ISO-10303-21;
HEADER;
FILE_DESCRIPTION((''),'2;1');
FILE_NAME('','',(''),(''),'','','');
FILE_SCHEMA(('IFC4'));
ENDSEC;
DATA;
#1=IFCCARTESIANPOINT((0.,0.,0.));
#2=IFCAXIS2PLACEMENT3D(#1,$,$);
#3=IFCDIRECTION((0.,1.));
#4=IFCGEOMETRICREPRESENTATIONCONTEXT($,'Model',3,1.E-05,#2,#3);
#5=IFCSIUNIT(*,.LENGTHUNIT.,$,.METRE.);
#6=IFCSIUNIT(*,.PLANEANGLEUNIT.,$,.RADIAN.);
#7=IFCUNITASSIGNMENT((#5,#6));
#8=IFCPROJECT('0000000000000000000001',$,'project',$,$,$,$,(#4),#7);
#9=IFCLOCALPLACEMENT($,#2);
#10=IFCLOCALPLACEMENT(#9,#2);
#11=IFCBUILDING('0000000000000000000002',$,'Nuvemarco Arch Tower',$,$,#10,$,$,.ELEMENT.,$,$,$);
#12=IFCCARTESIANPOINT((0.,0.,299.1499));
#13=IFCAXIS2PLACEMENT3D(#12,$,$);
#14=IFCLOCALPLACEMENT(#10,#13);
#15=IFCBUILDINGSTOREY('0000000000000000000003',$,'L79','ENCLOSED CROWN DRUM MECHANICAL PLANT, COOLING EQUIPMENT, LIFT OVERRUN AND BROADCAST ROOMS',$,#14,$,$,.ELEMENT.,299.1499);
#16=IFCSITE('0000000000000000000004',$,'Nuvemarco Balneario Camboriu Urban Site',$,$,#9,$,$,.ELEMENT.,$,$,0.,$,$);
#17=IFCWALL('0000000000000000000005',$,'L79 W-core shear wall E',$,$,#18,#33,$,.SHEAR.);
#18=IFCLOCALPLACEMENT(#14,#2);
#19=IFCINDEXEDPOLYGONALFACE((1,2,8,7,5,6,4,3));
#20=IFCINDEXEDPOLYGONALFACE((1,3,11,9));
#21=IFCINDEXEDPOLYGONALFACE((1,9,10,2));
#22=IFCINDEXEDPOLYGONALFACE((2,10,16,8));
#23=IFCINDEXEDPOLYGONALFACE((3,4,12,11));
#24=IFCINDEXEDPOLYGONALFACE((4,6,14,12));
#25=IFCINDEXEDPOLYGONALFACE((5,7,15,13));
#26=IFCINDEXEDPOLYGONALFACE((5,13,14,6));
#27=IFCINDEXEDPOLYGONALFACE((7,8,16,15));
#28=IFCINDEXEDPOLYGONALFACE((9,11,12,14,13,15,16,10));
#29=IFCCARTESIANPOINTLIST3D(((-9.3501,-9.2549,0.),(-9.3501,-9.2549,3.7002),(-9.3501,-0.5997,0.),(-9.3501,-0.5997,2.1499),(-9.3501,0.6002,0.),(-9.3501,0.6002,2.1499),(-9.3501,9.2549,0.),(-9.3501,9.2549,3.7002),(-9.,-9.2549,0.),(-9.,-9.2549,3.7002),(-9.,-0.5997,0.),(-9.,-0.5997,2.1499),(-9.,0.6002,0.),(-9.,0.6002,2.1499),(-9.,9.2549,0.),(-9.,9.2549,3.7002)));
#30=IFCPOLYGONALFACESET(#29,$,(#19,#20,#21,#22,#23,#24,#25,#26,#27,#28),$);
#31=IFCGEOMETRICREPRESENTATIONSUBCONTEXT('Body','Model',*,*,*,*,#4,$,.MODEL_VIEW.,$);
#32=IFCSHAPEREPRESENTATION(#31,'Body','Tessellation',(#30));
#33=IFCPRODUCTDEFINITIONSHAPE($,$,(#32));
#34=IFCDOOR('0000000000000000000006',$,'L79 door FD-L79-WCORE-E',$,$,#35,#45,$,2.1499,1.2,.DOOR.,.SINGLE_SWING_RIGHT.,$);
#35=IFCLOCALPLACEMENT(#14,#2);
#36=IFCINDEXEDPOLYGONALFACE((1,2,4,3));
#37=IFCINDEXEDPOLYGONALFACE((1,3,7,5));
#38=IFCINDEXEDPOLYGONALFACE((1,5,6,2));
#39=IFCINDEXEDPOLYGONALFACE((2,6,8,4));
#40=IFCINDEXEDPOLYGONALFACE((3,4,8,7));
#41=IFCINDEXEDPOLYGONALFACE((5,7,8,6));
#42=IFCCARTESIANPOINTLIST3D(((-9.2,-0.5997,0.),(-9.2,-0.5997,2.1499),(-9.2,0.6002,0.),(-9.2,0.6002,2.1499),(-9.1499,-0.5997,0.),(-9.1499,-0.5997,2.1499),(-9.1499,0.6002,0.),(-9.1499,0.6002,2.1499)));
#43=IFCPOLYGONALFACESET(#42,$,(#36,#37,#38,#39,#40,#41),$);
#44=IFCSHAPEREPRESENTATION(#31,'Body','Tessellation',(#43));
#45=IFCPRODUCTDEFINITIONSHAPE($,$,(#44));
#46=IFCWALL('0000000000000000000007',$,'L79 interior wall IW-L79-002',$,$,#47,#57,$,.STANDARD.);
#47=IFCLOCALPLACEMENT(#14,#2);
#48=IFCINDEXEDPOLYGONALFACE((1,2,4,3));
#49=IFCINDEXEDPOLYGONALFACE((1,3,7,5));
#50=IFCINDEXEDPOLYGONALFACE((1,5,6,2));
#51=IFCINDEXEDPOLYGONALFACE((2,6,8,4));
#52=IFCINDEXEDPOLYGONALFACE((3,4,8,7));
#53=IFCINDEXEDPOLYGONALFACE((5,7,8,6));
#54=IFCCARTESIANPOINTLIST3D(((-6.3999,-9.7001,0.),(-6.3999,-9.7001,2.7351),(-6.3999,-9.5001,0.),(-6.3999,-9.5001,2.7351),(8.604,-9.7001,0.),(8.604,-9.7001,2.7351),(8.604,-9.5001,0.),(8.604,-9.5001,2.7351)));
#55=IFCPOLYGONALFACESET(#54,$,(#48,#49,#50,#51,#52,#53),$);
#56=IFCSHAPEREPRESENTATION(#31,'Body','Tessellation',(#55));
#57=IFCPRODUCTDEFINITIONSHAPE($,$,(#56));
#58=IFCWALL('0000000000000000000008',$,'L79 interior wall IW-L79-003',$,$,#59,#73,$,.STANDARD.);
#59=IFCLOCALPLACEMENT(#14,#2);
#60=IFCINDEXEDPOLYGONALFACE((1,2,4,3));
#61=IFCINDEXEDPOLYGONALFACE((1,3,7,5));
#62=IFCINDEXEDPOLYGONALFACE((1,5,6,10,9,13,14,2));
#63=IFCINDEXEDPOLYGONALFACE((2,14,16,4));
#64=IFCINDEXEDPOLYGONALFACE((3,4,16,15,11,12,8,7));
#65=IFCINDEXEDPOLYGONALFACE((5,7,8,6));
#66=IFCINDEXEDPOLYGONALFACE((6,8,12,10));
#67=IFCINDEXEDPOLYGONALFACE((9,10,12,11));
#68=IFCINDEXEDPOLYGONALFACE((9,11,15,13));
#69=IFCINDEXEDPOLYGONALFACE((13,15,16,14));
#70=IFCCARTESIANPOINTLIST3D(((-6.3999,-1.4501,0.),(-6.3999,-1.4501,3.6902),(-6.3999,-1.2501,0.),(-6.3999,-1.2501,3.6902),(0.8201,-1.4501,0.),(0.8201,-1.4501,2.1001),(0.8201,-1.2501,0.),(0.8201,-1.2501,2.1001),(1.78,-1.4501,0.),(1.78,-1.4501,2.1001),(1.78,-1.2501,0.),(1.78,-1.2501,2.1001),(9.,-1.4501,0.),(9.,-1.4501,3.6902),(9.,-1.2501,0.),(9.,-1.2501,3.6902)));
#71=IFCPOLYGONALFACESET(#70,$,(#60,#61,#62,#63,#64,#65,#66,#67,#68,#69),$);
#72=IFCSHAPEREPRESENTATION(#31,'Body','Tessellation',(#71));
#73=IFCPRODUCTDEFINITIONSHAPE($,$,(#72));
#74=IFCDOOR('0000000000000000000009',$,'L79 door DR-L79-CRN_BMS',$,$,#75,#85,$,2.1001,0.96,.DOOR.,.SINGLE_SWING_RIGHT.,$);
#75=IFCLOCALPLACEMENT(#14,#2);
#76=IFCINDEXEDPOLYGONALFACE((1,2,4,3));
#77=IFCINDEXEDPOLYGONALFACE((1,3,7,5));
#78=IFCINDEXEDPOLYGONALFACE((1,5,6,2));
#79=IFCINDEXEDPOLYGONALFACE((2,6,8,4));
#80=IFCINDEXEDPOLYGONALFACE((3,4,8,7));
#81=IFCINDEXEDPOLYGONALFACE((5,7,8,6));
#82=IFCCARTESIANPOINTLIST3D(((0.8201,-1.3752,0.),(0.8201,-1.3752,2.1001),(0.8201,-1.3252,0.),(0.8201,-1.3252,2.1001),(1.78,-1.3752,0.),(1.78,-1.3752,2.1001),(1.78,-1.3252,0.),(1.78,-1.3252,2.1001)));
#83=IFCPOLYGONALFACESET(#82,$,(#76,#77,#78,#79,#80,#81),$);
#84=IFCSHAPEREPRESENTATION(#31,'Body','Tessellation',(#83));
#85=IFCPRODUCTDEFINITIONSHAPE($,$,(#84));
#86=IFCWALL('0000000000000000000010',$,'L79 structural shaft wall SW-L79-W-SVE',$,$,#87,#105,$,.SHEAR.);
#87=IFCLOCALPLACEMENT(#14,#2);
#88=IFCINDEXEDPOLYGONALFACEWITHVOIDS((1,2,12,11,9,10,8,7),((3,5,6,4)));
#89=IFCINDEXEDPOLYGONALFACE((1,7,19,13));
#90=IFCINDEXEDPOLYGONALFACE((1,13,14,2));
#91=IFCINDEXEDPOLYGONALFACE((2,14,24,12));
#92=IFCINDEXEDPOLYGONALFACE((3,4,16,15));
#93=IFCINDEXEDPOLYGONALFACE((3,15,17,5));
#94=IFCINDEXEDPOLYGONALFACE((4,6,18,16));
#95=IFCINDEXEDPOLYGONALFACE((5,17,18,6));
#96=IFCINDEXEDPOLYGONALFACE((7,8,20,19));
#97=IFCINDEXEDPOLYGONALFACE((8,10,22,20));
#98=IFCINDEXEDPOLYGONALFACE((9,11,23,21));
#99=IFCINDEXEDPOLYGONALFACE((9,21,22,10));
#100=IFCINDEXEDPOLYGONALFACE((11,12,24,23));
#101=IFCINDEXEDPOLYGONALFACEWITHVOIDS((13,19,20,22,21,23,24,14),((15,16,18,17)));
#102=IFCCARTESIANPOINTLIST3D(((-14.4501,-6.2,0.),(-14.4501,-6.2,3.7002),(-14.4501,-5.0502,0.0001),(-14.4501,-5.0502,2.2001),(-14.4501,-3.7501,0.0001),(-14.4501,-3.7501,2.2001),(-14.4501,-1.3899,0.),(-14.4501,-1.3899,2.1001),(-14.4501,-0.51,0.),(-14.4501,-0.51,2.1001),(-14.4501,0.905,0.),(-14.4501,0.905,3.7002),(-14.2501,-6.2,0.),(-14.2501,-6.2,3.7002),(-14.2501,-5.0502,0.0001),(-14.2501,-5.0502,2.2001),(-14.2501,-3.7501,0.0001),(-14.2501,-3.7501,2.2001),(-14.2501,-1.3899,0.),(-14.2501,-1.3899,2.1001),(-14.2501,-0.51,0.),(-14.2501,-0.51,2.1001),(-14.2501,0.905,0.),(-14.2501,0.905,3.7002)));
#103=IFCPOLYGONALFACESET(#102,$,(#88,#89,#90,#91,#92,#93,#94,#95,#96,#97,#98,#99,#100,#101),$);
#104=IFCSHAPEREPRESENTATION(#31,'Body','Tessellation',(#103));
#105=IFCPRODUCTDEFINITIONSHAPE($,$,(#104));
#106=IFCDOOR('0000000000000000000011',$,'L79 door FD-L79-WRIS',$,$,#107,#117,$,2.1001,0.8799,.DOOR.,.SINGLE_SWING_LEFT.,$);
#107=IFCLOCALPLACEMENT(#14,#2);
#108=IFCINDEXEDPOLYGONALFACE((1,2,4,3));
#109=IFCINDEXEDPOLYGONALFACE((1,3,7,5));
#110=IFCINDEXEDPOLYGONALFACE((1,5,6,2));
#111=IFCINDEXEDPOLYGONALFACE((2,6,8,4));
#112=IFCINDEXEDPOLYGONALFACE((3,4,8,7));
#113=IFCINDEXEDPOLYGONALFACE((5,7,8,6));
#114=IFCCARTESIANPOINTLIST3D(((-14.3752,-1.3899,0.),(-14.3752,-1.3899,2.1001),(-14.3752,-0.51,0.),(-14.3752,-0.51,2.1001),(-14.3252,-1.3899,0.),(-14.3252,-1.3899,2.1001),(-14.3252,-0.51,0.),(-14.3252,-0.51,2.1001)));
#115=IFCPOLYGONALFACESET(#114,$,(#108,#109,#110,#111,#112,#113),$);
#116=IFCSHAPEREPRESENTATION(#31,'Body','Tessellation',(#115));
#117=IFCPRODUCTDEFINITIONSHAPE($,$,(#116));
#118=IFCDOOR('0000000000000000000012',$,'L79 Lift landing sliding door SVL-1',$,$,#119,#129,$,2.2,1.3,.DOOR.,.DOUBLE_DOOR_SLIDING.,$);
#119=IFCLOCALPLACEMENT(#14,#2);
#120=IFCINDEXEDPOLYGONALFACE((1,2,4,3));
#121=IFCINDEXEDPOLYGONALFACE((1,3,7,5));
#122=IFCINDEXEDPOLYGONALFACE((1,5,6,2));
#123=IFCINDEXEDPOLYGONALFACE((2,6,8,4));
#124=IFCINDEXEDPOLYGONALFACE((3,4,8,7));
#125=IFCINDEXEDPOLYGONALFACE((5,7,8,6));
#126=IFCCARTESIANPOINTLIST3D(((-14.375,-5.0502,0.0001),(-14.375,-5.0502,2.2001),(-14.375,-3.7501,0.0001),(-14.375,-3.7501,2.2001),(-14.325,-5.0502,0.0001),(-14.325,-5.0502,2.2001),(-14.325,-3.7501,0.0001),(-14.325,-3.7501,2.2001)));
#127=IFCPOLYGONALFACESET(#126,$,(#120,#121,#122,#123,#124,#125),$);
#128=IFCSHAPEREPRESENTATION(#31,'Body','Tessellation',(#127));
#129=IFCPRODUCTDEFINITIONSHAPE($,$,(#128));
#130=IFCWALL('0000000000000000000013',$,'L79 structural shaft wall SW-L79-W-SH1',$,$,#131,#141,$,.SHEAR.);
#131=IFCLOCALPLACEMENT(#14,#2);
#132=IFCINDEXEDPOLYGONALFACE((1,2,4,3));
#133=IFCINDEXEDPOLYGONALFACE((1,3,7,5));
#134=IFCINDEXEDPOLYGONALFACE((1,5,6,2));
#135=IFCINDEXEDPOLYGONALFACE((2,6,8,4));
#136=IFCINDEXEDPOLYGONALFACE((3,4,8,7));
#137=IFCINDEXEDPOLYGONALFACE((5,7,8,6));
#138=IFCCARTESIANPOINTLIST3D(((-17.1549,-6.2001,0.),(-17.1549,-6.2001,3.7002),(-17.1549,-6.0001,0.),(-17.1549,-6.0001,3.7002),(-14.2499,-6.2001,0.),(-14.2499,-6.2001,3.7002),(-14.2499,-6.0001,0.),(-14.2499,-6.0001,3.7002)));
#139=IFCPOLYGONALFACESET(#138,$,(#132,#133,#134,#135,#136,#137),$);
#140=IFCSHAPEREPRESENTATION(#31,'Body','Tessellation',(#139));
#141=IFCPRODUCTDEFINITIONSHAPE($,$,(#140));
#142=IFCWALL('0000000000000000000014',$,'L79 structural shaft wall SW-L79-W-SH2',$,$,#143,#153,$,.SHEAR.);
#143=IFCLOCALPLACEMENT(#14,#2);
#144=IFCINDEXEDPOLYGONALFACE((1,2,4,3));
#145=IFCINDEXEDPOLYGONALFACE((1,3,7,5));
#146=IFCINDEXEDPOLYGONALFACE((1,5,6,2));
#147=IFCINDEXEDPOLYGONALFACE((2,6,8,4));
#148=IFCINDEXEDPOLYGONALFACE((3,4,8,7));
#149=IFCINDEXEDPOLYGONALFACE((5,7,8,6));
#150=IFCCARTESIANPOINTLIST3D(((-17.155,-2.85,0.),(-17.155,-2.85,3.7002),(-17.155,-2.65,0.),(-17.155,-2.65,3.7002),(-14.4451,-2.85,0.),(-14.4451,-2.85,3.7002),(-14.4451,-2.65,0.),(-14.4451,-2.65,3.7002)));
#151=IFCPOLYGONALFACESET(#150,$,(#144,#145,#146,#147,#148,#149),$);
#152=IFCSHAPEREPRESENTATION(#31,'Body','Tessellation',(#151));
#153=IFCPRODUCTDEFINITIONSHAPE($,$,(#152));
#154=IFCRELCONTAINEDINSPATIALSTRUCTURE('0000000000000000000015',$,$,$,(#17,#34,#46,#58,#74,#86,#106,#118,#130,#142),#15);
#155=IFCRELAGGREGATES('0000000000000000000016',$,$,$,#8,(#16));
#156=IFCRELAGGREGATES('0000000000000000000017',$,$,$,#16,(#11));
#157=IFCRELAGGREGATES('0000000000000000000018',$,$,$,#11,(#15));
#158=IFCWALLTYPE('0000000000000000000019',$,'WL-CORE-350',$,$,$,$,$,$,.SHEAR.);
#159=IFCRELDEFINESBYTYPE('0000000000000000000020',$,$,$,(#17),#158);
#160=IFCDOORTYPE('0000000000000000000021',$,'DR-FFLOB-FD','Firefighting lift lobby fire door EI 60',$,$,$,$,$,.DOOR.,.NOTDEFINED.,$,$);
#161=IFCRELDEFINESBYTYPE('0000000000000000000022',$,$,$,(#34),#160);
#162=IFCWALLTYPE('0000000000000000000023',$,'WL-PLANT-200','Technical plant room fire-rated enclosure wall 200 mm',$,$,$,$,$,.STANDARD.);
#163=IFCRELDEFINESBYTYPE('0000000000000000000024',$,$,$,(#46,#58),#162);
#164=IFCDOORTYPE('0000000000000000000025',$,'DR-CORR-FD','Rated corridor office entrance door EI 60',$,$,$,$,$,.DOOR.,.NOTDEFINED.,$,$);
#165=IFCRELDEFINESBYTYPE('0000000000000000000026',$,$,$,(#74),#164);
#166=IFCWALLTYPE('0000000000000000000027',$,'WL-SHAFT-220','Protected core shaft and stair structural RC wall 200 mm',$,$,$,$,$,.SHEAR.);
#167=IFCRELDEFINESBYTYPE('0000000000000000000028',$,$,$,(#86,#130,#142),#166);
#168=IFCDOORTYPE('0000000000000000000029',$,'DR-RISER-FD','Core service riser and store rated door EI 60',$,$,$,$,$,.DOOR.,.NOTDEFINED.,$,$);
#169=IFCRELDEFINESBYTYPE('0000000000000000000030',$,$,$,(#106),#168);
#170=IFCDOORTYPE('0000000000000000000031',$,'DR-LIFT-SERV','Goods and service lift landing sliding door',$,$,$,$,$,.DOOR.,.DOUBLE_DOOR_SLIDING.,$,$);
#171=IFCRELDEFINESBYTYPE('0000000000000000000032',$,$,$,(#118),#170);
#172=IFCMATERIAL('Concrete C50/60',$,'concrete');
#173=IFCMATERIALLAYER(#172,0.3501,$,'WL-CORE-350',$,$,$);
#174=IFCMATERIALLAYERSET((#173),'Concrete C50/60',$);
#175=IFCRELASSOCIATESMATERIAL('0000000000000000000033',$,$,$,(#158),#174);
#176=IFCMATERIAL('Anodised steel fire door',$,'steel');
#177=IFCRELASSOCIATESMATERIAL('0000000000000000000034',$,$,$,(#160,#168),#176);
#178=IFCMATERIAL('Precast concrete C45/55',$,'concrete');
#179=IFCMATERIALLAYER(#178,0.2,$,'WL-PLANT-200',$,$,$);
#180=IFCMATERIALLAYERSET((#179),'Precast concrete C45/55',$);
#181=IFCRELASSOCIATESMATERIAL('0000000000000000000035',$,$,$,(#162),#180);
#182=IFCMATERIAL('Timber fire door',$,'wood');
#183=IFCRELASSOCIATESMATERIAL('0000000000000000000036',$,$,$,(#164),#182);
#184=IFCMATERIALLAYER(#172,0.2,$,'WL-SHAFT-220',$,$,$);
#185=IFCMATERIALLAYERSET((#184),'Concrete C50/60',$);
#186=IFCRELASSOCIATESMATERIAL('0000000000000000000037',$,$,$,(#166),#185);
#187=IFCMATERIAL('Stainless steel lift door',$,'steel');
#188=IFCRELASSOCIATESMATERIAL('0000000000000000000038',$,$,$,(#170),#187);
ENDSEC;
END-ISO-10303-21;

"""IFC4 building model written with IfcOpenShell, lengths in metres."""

from ifc_helpers import new_model, si_unit, direction, frame, frame_2d, origin, place, context, subcontext, project, spatial, rectangle, extrude, source, transform, mapped, material, layer, layer_set, type_object, type_shapes, element, fill, save


model = new_model("IFC4")

# Units and contexts
model_context = context("Model", 3, precision=1e-05, world=origin(), true_north=direction((0.0, 1.0)))
body_context = subcontext(model_context, "Body", "Model", "MODEL_VIEW")
ifc_project = project(units=[si_unit("LENGTHUNIT", "METRE"), si_unit("PLANEANGLEUNIT", "RADIAN")], contexts=[model_context])

# Site, building, storey
site_placement = place(None, origin())
site = spatial("IfcSite", under=ifc_project, at=site_placement, Name="Nuvemarco Balneario Camboriu Urban Site", CompositionType="ELEMENT", RefElevation=0.0)
building_placement = place(site_placement, origin())
building = spatial("IfcBuilding", under=site, at=building_placement, Name="Nuvemarco Arch Tower", CompositionType="ELEMENT")
storey_placement = place(building_placement, frame((0.0, 0.0, 299.1499)))
storey = spatial("IfcBuildingStorey", under=building, at=storey_placement, Name="L79", Description="ENCLOSED CROWN DRUM MECHANICAL PLANT, COOLING EQUIPMENT, LIFT OVERRUN AND BROADCAST ROOMS", CompositionType="ELEMENT", Elevation=299.1499)

# Shared definitions
ifc_material_1 = material(Name="Concrete C50/60", Category="concrete")

# Shared definitions
ifc_material_2 = material(Name="Precast concrete C45/55", Category="concrete")

# Shared definitions
ifc_layer_1 = layer(ifc_material_1, 0.3501, Name="WL-CORE-350")
ifc_layer_set_1 = layer_set([ifc_layer_1], Name="Concrete C50/60")
wall_type_1 = type_object("IfcWallType", Name="WL-CORE-350", PredefinedType="SHEAR", material=ifc_layer_set_1)

# Wall, opening, door
wall_1_placement = place(storey_placement, frame((-9.175, -9.2549, 0.0), z_axis=(0.0, 0.0, 1.0), x_axis=(0.0, 1.0, 0.0)))
wall_1 = element("IfcWall", 1, at=wall_1_placement, inside=storey, type_object=wall_type_1, Name="L79 W-core shear wall E", PredefinedType="SHEAR", context=body_context, shape_type="SweptSolid", body=[
    extrude(rectangle(XDim=18.5098, YDim=0.3501, at=frame_2d((9.2549, 0.0))), origin(), (0.0, 0.0, 1.0), 3.7002),
])
opening_1_placement = place(wall_1_placement, frame((8.655, 0.0, 0.0)))
opening_1 = element("IfcOpeningElement", 2, at=opening_1_placement, cuts=wall_1, PredefinedType="OPENING", context=body_context, shape_type="SweptSolid", body=[
    extrude(rectangle(XDim=1.2, YDim=2.1499, at=frame_2d((0.6001, 1.075))), frame((0.0, 0.1851, 0.0), z_axis=(0.0, -1.0, 0.0), x_axis=(1.0, 0.0, 0.0)), (0.0, 0.0, 1.0), 0.3701),
])
ifc_material_3 = material(Name="Anodised steel fire door", Category="steel")
door_type_1 = type_object("IfcDoorType", Name="DR-FFLOB-FD", Description="Firefighting lift lobby fire door EI 60", OperationType="NOTDEFINED", PredefinedType="DOOR", material=ifc_material_3)
shared_shape_1 = source(origin(), body_context, "Body", "SweptSolid", [
    extrude(rectangle(XDim=1.2, YDim=2.1499, at=frame_2d((0.6001, 1.075))), frame((0.0, 0.0249, 0.0), z_axis=(0.0, -1.0, 0.0), x_axis=(1.0, 0.0, 0.0)), (0.0, 0.0, 1.0), 0.05),
])
type_shapes(door_type_1, [shared_shape_1])
door_1_placement = place(opening_1_placement, origin())
door_1 = element("IfcDoor", 3, at=door_1_placement, inside=storey, type_object=door_type_1, Name="L79 door FD-L79-WCORE-E", OperationType="SINGLE_SWING_RIGHT", OverallHeight=2.1499, OverallWidth=1.2, PredefinedType="DOOR", context=body_context, shape_type="MappedRepresentation", body=[
    mapped(shared_shape_1, transform((0.0, 0.0, 0.0), scale=1.0)),
])
fill(opening_1, door_1)

# Wall
ifc_layer_2 = layer(ifc_material_2, 0.2, Name="WL-PLANT-200")
ifc_layer_set_2 = layer_set([ifc_layer_2], Name="Precast concrete C45/55")
wall_type_2 = type_object("IfcWallType", Name="WL-PLANT-200", Description="Technical plant room fire-rated enclosure wall 200 mm", PredefinedType="STANDARD", material=ifc_layer_set_2)
wall_2_placement = place(storey_placement, frame((-6.3999, -9.6001, 0.0), z_axis=(0.0, 0.0, 1.0), x_axis=(1.0, 0.0, 0.0)))
element("IfcWall", 4, at=wall_2_placement, inside=storey, type_object=wall_type_2, Name="L79 interior wall IW-L79-002", PredefinedType="STANDARD", context=body_context, shape_type="SweptSolid", body=[
    extrude(rectangle(XDim=15.0039, YDim=0.2, at=frame_2d((7.502, 0.0))), origin(), (0.0, 0.0, 1.0), 2.7351),
])

# Wall, opening, door
wall_3_placement = place(storey_placement, frame((-6.3999, -1.3501, 0.0), z_axis=(0.0, 0.0, 1.0), x_axis=(1.0, 0.0, 0.0)))
wall_3 = element("IfcWall", 5, at=wall_3_placement, inside=storey, type_object=wall_type_2, Name="L79 interior wall IW-L79-003", PredefinedType="STANDARD", context=body_context, shape_type="SweptSolid", body=[
    extrude(rectangle(XDim=15.3999, YDim=0.2, at=frame_2d((7.7, 0.0))), origin(), (0.0, 0.0, 1.0), 3.6902),
])
opening_2_placement = place(wall_3_placement, frame((7.22, 0.0, 0.0)))
opening_2 = element("IfcOpeningElement", 6, at=opening_2_placement, cuts=wall_3, PredefinedType="OPENING", context=body_context, shape_type="SweptSolid", body=[
    extrude(rectangle(XDim=0.96, YDim=2.1001, at=frame_2d((0.48, 1.05))), frame((0.0, 0.1099, 0.0), z_axis=(0.0, -1.0, 0.0), x_axis=(1.0, 0.0, 0.0)), (0.0, 0.0, 1.0), 0.22),
])
ifc_material_4 = material(Name="Timber fire door", Category="wood")
door_type_2 = type_object("IfcDoorType", Name="DR-CORR-FD", Description="Rated corridor office entrance door EI 60", OperationType="NOTDEFINED", PredefinedType="DOOR", material=ifc_material_4)
shared_shape_2 = source(origin(), body_context, "Body", "SweptSolid", [
    extrude(rectangle(XDim=0.96, YDim=2.1001, at=frame_2d((0.48, 1.05))), frame((0.0, 0.0249, 0.0), z_axis=(0.0, -1.0, 0.0), x_axis=(1.0, 0.0, 0.0)), (0.0, 0.0, 1.0), 0.05),
])
type_shapes(door_type_2, [shared_shape_2])
door_2_placement = place(opening_2_placement, origin())
door_2 = element("IfcDoor", 7, at=door_2_placement, inside=storey, type_object=door_type_2, Name="L79 door DR-L79-CRN_BMS", OperationType="SINGLE_SWING_RIGHT", OverallHeight=2.1001, OverallWidth=0.96, PredefinedType="DOOR", context=body_context, shape_type="MappedRepresentation", body=[
    mapped(shared_shape_2, transform((0.0, 0.0, 0.0), scale=1.0)),
])
fill(opening_2, door_2)
ifc_layer_3 = layer(ifc_material_1, 0.2, Name="WL-SHAFT-220")
ifc_layer_set_3 = layer_set([ifc_layer_3], Name="Concrete C50/60")
wall_type_3 = type_object("IfcWallType", Name="WL-SHAFT-220", Description="Protected core shaft and stair structural RC wall 200 mm", PredefinedType="SHEAR", material=ifc_layer_set_3)
ifc_material_5 = material(Name="Stainless steel lift door", Category="steel")

# Wall, openings, doors
wall_4_placement = place(storey_placement, frame((-14.3501, -6.2, 0.0), z_axis=(0.0, 0.0, 1.0), x_axis=(0.0, 1.0, 0.0)))
wall_4 = element("IfcWall", 8, at=wall_4_placement, inside=storey, type_object=wall_type_3, Name="L79 structural shaft wall SW-L79-W-SVE", PredefinedType="SHEAR", context=body_context, shape_type="SweptSolid", body=[
    extrude(rectangle(XDim=7.105, YDim=0.2, at=frame_2d((3.5525, 0.0))), origin(), (0.0, 0.0, 1.0), 3.7002),
])
opening_3_placement = place(wall_4_placement, frame((5.6899, 0.0, 0.0), z_axis=(0.0, 0.0, 1.0), x_axis=(-1.0, 0.0, 0.0)))
opening_3 = element("IfcOpeningElement", 9, at=opening_3_placement, cuts=wall_4, PredefinedType="OPENING", context=body_context, shape_type="SweptSolid", body=[
    extrude(rectangle(XDim=0.8799, YDim=2.1001, at=frame_2d((0.4399, 1.05))), frame((0.0, 0.1099, 0.0), z_axis=(0.0, -1.0, 0.0), x_axis=(1.0, 0.0, 0.0)), (0.0, 0.0, 1.0), 0.22),
])
opening_4_placement = place(wall_4_placement, frame((1.1499, 0.0, 0.0)))
opening_4 = element("IfcOpeningElement", 10, at=opening_4_placement, cuts=wall_4, PredefinedType="OPENING", context=body_context, shape_type="SweptSolid", body=[
    extrude(rectangle(XDim=1.3, YDim=2.2, at=frame_2d((0.6499, 1.1001))), frame((0.0, 0.1099, 0.0), z_axis=(0.0, -1.0, 0.0), x_axis=(1.0, 0.0, 0.0)), (0.0, 0.0, 1.0), 0.22),
])
door_type_3 = type_object("IfcDoorType", Name="DR-RISER-FD", Description="Core service riser and store rated door EI 60", OperationType="NOTDEFINED", PredefinedType="DOOR", material=ifc_material_3)
shared_shape_3 = source(origin(), body_context, "Body", "SweptSolid", [
    extrude(rectangle(XDim=0.8799, YDim=2.1001, at=frame_2d((0.4399, 1.05))), frame((0.0, 0.0249, 0.0), z_axis=(0.0, -1.0, 0.0), x_axis=(1.0, 0.0, 0.0)), (0.0, 0.0, 1.0), 0.05),
])
type_shapes(door_type_3, [shared_shape_3])
door_3_placement = place(opening_3_placement, origin())
door_3 = element("IfcDoor", 11, at=door_3_placement, inside=storey, type_object=door_type_3, Name="L79 door FD-L79-WRIS", OperationType="SINGLE_SWING_LEFT", OverallHeight=2.1001, OverallWidth=0.8799, PredefinedType="DOOR", context=body_context, shape_type="MappedRepresentation", body=[
    mapped(shared_shape_3, transform((0.0, 0.0, 0.0), scale=1.0)),
])
fill(opening_3, door_3)
door_type_4 = type_object("IfcDoorType", Name="DR-LIFT-SERV", Description="Goods and service lift landing sliding door", OperationType="DOUBLE_DOOR_SLIDING", PredefinedType="DOOR", material=ifc_material_5)
shared_shape_4 = source(origin(), body_context, "Body", "SweptSolid", [
    extrude(rectangle(XDim=1.3, YDim=2.2, at=frame_2d((0.6499, 1.1001))), frame((0.0, 0.0249, 0.0), z_axis=(0.0, -1.0, 0.0), x_axis=(1.0, 0.0, 0.0)), (0.0, 0.0, 1.0), 0.05),
])
type_shapes(door_type_4, [shared_shape_4])
door_4_placement = place(opening_4_placement, origin())
door_4 = element("IfcDoor", 12, at=door_4_placement, inside=storey, type_object=door_type_4, Name="L79 Lift landing sliding door SVL-1", OperationType="DOUBLE_DOOR_SLIDING", OverallHeight=2.2, OverallWidth=1.3, PredefinedType="DOOR", context=body_context, shape_type="MappedRepresentation", body=[
    mapped(shared_shape_4, transform((0.0, 0.0, 0.0), scale=1.0)),
])
fill(opening_4, door_4)

# Walls
wall_5_placement = place(storey_placement, frame((-17.155, -6.1001, 0.0), z_axis=(0.0, 0.0, 1.0), x_axis=(1.0, 0.0, 0.0)))
element("IfcWall", 13, at=wall_5_placement, inside=storey, type_object=wall_type_3, Name="L79 structural shaft wall SW-L79-W-SH1", PredefinedType="SHEAR", context=body_context, shape_type="SweptSolid", body=[
    extrude(rectangle(XDim=2.905, YDim=0.2, at=frame_2d((1.4526, 0.0))), origin(), (0.0, 0.0, 1.0), 3.7002),
])
wall_6_placement = place(storey_placement, frame((-17.155, -2.75, 0.0), z_axis=(0.0, 0.0, 1.0), x_axis=(1.0, 0.0, 0.0)))
element("IfcWall", 14, at=wall_6_placement, inside=storey, type_object=wall_type_3, Name="L79 structural shaft wall SW-L79-W-SH2", PredefinedType="SHEAR", context=body_context, shape_type="SweptSolid", body=[
    extrude(rectangle(XDim=2.71, YDim=0.2, at=frame_2d((1.355, 0.0))), origin(), (0.0, 0.0, 1.0), 3.7002),
])

save(model, "model.ifc")
